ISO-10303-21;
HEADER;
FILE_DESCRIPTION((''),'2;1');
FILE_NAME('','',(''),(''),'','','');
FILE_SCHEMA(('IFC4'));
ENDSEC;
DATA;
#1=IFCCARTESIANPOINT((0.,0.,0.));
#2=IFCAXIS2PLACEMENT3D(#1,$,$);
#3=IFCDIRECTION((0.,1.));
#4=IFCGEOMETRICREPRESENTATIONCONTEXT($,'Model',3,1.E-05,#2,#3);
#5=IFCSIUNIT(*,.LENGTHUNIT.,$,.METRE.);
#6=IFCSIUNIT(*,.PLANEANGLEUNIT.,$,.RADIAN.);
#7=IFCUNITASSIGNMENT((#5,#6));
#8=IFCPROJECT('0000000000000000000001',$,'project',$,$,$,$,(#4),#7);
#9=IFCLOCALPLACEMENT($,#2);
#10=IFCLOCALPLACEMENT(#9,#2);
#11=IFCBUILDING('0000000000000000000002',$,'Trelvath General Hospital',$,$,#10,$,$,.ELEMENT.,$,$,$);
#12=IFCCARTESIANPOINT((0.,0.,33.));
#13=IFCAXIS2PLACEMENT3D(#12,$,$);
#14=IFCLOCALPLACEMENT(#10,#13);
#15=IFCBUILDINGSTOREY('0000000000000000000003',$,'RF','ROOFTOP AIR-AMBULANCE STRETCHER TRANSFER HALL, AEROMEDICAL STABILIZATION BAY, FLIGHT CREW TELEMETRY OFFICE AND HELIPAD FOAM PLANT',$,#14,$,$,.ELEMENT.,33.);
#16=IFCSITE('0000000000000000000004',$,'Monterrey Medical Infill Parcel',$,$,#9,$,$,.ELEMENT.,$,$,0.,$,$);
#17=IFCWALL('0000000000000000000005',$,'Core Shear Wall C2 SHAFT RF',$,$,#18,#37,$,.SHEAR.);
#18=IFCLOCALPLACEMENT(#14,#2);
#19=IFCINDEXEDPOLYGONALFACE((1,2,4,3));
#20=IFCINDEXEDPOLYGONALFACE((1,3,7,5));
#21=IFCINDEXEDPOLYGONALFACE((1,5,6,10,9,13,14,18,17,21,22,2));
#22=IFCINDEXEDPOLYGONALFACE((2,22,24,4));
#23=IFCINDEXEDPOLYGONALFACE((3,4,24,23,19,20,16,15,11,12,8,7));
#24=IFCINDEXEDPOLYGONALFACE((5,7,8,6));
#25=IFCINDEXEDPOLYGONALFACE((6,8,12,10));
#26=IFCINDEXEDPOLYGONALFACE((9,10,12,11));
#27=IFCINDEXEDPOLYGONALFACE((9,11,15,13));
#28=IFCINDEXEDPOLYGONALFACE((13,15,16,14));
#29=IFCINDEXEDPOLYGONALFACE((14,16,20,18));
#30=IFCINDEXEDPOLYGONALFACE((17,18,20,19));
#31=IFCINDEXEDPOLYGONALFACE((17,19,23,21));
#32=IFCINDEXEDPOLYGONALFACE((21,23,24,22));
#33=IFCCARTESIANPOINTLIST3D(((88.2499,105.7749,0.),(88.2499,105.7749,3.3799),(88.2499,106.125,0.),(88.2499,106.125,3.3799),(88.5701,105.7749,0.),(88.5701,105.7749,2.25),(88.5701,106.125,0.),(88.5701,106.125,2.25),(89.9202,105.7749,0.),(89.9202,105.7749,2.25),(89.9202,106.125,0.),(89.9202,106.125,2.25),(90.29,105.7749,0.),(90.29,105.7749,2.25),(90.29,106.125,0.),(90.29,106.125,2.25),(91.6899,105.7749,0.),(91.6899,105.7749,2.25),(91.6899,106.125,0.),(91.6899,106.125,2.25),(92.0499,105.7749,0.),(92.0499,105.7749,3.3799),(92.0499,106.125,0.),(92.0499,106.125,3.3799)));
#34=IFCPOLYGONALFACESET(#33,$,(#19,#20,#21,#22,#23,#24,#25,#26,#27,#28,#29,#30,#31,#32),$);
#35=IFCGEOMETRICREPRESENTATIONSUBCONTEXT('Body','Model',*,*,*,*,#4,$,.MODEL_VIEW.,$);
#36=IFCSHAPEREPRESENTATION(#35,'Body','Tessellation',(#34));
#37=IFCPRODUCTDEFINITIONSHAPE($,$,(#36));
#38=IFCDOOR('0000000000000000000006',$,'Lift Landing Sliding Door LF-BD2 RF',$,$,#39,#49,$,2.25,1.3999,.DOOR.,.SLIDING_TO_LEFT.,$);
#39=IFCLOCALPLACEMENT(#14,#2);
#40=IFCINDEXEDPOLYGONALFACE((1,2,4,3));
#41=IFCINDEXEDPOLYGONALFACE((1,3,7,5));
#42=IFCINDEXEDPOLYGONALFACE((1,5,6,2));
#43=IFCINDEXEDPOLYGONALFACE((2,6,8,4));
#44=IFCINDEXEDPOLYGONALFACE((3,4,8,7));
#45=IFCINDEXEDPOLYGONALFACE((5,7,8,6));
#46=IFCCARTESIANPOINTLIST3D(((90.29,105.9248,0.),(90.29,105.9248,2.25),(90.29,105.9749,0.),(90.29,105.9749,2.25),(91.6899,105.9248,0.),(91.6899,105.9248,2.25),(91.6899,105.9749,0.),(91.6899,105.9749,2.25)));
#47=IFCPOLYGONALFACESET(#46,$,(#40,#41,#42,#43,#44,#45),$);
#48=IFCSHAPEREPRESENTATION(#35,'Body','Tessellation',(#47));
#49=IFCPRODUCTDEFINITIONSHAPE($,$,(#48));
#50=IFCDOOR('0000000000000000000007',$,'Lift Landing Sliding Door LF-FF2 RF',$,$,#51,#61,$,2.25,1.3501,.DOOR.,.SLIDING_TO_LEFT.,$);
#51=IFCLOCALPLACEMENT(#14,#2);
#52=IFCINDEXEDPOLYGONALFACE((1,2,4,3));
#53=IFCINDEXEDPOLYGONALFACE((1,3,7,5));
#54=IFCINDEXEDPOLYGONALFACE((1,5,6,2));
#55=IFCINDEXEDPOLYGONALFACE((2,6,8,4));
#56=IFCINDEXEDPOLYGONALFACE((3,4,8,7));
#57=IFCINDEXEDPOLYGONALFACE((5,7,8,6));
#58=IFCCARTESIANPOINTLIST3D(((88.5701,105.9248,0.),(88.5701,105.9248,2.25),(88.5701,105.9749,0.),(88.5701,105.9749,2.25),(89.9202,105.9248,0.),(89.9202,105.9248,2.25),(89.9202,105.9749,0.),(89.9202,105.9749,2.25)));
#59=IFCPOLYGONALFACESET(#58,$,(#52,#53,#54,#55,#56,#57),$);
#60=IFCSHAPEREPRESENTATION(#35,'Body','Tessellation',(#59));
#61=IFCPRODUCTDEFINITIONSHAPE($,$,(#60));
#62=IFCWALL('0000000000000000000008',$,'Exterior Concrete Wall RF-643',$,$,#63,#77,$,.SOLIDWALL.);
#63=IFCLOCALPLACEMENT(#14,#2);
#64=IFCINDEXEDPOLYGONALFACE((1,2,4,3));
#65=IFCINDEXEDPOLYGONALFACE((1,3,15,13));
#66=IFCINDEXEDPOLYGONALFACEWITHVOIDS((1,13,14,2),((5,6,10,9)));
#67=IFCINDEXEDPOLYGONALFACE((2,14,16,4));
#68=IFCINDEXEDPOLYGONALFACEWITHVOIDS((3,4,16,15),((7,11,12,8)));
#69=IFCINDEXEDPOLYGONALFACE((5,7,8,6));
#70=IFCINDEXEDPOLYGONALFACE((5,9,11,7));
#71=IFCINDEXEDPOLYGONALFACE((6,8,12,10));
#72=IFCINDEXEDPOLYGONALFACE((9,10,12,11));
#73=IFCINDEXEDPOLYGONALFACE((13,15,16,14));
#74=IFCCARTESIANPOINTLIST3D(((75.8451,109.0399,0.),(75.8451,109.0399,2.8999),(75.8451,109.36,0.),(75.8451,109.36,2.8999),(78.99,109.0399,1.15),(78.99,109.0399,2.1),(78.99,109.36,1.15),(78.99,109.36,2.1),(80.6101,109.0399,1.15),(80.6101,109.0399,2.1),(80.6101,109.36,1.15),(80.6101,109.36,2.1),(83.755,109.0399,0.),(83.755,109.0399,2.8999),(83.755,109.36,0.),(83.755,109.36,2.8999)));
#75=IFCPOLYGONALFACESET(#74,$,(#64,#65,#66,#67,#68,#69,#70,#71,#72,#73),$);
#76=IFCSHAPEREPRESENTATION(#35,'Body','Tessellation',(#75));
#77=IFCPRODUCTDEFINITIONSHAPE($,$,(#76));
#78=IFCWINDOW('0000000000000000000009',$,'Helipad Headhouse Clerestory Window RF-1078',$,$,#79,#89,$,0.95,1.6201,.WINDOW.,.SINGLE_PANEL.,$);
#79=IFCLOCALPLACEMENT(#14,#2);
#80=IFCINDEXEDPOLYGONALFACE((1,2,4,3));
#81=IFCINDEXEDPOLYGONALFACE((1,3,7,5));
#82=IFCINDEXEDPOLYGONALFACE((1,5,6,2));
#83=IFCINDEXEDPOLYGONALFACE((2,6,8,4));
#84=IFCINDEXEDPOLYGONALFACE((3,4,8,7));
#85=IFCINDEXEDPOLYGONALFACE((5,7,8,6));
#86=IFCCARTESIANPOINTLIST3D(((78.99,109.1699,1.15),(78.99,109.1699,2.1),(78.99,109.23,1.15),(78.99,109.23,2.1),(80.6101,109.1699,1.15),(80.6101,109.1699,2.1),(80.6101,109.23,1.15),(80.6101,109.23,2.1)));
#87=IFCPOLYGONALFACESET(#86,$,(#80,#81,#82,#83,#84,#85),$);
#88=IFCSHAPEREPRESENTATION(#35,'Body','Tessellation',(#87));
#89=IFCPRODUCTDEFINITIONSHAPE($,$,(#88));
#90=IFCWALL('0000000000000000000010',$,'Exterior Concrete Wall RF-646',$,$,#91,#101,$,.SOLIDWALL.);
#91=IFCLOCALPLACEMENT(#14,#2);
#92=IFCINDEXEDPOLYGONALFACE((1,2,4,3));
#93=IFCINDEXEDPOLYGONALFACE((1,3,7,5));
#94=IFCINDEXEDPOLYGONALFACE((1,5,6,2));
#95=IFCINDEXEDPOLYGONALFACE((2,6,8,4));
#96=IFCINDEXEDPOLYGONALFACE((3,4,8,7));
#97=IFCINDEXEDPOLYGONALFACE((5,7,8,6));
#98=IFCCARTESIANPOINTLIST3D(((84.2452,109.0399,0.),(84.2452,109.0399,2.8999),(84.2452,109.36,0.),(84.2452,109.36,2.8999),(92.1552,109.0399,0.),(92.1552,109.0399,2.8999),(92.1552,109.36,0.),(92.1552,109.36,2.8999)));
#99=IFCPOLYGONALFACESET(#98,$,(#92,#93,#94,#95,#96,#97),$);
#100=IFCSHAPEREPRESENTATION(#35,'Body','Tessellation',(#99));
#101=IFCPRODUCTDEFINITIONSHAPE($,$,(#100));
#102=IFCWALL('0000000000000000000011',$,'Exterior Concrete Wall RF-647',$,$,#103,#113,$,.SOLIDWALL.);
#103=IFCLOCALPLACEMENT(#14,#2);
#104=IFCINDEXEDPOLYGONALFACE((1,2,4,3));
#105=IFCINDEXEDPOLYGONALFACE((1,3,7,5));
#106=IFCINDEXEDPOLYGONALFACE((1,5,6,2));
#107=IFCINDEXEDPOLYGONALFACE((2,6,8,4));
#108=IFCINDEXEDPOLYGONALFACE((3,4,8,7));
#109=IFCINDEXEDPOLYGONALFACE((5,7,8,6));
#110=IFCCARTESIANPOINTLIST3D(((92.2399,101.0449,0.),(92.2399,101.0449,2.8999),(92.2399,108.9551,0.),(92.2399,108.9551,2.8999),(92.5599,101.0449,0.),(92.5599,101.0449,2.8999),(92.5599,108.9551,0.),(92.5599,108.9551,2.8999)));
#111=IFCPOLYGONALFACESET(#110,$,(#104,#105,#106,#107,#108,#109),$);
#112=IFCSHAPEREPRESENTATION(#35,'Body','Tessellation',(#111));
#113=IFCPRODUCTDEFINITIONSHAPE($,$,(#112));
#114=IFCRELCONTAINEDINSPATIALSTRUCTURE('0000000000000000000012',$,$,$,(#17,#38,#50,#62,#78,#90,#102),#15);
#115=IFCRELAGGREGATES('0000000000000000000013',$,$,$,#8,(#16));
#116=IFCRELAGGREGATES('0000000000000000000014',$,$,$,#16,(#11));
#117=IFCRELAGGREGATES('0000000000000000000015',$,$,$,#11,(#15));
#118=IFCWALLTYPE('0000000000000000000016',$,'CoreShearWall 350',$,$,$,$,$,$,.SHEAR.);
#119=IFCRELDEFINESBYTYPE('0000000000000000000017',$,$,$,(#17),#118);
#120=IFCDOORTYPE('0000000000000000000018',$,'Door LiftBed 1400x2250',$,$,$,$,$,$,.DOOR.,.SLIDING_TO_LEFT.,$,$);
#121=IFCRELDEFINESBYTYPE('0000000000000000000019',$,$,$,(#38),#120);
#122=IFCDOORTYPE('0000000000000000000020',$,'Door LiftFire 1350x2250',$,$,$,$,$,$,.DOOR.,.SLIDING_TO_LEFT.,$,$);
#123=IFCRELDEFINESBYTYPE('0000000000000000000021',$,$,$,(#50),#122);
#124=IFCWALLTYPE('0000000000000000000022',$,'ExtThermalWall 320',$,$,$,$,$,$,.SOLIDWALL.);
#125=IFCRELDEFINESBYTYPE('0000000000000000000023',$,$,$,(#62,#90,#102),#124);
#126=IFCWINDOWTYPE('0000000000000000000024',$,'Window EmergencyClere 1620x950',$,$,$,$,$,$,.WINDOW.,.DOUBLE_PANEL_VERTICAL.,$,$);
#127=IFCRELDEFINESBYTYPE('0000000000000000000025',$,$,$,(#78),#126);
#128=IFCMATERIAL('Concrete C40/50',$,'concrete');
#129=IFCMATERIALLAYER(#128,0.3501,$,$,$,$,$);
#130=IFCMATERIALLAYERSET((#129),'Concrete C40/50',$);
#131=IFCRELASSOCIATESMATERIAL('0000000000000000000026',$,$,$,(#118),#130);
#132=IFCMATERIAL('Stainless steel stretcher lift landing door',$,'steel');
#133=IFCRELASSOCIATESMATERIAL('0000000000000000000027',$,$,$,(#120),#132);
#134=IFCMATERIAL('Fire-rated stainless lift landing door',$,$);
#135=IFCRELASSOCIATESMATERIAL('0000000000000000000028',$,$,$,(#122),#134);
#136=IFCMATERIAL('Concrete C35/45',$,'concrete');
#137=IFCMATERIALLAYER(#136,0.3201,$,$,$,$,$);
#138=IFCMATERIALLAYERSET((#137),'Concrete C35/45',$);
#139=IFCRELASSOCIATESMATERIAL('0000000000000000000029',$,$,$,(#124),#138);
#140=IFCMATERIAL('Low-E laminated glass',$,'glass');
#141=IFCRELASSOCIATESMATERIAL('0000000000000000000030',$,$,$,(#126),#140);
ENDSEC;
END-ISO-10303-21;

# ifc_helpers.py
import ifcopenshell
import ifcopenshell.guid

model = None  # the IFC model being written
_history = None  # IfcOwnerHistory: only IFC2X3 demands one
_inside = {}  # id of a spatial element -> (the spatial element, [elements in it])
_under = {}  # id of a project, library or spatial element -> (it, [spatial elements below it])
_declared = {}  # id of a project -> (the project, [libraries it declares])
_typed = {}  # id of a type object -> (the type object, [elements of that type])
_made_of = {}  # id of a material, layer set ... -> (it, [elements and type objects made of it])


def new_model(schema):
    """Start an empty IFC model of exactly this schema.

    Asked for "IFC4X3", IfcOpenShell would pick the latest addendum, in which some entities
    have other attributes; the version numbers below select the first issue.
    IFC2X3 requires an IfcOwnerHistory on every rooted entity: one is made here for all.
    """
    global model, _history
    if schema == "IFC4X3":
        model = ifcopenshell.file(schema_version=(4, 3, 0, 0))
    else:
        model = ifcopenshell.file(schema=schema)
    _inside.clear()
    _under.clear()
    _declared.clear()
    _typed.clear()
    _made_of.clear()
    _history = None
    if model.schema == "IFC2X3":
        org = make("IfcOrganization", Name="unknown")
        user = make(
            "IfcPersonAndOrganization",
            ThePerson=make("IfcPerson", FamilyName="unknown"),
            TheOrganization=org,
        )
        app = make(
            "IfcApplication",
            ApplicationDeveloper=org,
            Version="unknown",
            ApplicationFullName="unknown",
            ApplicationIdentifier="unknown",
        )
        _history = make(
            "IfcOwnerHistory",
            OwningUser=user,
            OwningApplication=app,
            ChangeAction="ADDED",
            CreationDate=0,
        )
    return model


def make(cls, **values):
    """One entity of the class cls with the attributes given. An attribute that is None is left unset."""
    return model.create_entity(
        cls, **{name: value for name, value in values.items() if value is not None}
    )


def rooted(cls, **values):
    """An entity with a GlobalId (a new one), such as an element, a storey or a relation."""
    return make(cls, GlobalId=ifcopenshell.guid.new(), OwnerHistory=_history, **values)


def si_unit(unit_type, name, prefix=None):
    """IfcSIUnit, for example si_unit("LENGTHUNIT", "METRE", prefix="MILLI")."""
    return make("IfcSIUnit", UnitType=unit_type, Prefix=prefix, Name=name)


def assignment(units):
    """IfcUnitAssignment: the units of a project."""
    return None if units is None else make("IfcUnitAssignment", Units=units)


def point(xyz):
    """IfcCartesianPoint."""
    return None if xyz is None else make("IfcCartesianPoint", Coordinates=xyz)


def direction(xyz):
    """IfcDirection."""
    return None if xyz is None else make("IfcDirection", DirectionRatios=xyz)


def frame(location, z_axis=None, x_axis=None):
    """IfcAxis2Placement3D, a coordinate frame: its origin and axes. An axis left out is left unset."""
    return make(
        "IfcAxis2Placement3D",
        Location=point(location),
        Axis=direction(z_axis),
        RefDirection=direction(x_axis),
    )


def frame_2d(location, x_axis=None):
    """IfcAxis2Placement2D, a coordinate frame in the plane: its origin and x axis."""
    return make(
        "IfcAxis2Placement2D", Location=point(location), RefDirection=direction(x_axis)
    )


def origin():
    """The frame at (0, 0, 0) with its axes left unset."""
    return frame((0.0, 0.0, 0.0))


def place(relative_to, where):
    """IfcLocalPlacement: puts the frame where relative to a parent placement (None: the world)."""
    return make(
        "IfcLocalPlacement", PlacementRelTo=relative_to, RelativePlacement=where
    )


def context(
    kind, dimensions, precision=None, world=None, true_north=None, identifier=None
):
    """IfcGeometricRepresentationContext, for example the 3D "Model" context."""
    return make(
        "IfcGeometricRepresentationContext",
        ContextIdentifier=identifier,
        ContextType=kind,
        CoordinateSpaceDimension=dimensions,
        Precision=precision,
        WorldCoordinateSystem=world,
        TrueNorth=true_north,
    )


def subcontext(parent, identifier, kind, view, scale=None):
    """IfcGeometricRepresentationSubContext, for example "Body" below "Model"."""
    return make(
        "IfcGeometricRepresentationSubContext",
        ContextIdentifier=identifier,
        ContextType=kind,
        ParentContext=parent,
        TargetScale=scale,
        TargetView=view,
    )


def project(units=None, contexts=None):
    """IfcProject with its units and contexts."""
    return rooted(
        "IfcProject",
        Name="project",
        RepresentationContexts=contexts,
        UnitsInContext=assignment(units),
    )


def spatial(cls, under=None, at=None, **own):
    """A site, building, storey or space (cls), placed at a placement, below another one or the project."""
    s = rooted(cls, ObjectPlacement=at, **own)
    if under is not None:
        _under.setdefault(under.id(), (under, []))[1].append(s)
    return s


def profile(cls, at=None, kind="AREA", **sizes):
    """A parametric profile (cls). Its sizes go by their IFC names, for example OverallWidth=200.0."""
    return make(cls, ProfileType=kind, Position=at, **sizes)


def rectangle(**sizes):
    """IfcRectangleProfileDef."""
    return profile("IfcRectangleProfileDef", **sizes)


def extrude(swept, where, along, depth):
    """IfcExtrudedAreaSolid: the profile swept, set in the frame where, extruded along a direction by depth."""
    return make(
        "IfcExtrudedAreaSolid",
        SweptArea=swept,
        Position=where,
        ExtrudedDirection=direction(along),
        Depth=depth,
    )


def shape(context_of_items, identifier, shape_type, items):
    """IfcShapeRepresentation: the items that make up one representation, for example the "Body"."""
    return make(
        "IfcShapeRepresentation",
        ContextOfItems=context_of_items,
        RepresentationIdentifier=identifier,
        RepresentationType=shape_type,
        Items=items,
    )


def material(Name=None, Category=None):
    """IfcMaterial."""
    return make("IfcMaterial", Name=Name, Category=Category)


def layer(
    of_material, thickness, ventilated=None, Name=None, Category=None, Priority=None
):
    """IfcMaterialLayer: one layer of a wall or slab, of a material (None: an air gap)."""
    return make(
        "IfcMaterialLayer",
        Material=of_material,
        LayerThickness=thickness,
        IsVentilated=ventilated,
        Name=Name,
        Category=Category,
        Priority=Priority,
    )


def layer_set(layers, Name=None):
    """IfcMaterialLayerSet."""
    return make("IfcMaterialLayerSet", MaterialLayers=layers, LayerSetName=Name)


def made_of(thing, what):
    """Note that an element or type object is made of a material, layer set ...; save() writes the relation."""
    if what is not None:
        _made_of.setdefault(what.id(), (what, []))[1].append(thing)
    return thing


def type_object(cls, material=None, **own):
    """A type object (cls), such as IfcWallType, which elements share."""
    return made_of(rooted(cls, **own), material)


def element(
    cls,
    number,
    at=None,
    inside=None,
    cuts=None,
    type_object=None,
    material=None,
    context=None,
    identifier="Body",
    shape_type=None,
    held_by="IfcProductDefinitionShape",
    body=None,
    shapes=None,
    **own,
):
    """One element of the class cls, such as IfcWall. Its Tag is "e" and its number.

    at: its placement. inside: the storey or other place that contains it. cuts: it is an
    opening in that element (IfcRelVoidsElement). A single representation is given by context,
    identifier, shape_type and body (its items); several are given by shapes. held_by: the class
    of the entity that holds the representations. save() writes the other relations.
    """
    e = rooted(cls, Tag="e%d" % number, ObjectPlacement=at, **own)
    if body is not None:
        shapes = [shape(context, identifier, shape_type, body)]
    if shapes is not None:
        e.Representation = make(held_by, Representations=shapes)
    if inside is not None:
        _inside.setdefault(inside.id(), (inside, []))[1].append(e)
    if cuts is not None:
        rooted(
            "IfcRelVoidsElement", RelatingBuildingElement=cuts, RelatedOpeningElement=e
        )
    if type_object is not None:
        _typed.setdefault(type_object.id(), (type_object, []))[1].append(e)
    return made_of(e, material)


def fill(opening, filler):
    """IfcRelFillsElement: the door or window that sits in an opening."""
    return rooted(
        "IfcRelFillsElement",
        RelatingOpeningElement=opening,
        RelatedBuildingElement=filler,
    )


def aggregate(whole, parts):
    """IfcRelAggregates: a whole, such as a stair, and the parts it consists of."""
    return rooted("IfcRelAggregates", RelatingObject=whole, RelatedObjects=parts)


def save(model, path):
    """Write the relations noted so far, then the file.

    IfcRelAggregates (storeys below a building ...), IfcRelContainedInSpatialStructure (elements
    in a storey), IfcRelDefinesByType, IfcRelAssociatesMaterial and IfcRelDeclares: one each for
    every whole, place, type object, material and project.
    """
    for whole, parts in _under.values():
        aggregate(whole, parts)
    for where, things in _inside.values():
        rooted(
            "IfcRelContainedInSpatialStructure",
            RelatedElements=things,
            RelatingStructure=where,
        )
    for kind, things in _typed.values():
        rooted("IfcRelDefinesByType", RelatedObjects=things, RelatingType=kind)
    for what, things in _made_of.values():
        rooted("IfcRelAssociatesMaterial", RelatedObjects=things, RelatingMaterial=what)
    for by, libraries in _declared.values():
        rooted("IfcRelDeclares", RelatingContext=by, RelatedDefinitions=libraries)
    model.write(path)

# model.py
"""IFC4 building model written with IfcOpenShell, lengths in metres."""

from ifc_helpers import new_model, si_unit, direction, frame, frame_2d, origin, place, context, subcontext, project, spatial, rectangle, extrude, material, layer, layer_set, type_object, element, fill, save


model = new_model("IFC4")

# Units and contexts
model_context = context("Model", 3, precision=1e-05, world=origin(), true_north=direction((0.0, 1.0)))
body_context = subcontext(model_context, "Body", "Model", "MODEL_VIEW")
ifc_project = project(units=[si_unit("LENGTHUNIT", "METRE"), si_unit("PLANEANGLEUNIT", "RADIAN")], contexts=[model_context])

# Site, building, storey
site_placement = place(None, origin())
site = spatial("IfcSite", under=ifc_project, at=site_placement, Name="Monterrey Medical Infill Parcel", CompositionType="ELEMENT", RefElevation=0.0)
building_placement = place(site_placement, origin())
building = spatial("IfcBuilding", under=site, at=building_placement, Name="Trelvath General Hospital", CompositionType="ELEMENT")
storey_placement = place(building_placement, frame((0.0, 0.0, 33.0)))
storey = spatial("IfcBuildingStorey", under=building, at=storey_placement, Name="RF", Description="ROOFTOP AIR-AMBULANCE STRETCHER TRANSFER HALL, AEROMEDICAL STABILIZATION BAY, FLIGHT CREW TELEMETRY OFFICE AND HELIPAD FOAM PLANT", CompositionType="ELEMENT", Elevation=33.0)

# Shared definitions
ifc_material_1 = material(Name="Concrete C40/50", Category="concrete")
ifc_layer_1 = layer(ifc_material_1, 0.3501)
ifc_layer_set_1 = layer_set([ifc_layer_1], Name="Concrete C40/50")
wall_type_1 = type_object("IfcWallType", Name="CoreShearWall 350", PredefinedType="SHEAR", material=ifc_layer_set_1)

# Wall, openings, doors
wall_1_placement = place(storey_placement, frame((88.25, 105.95, 0.0), z_axis=(0.0, 0.0, 1.0), x_axis=(1.0, 0.0, 0.0)))
wall_1 = element("IfcWall", 1, at=wall_1_placement, inside=storey, type_object=wall_type_1, Name="Core Shear Wall C2 SHAFT RF", PredefinedType="SHEAR", context=body_context, shape_type="SweptSolid", body=[
    extrude(rectangle(XDim=3.8, YDim=0.3501, at=frame_2d((1.8999, 0.0))), origin(), (0.0, 0.0, 1.0), 3.3799),
])
opening_1_placement = place(wall_1_placement, frame((0.3201, 0.0, 0.0)))
opening_1 = element("IfcOpeningElement", 2, at=opening_1_placement, cuts=wall_1, PredefinedType="OPENING", context=body_context, shape_type="SweptSolid", body=[
    extrude(rectangle(XDim=1.3501, YDim=2.25, at=frame_2d((0.675, 1.125))), frame((0.0, 0.1851, 0.0), z_axis=(0.0, -1.0, 0.0), x_axis=(1.0, 0.0, 0.0)), (0.0, 0.0, 1.0), 0.3701),
])
opening_2_placement = place(wall_1_placement, frame((2.04, 0.0, 0.0)))
opening_2 = element("IfcOpeningElement", 3, at=opening_2_placement, cuts=wall_1, PredefinedType="OPENING", context=body_context, shape_type="SweptSolid", body=[
    extrude(rectangle(XDim=1.3999, YDim=2.25, at=frame_2d((0.7, 1.125))), frame((0.0, 0.1851, 0.0), z_axis=(0.0, -1.0, 0.0), x_axis=(1.0, 0.0, 0.0)), (0.0, 0.0, 1.0), 0.3701),
])
ifc_material_2 = material(Name="Stainless steel stretcher lift landing door", Category="steel")
door_type_1 = type_object("IfcDoorType", Name="Door LiftBed 1400x2250", OperationType="SLIDING_TO_LEFT", PredefinedType="DOOR", material=ifc_material_2)
door_1_placement = place(opening_2_placement, origin())
door_1 = element("IfcDoor", 4, at=door_1_placement, inside=storey, type_object=door_type_1, Name="Lift Landing Sliding Door LF-BD2 RF", OperationType="SLIDING_TO_LEFT", OverallHeight=2.25, OverallWidth=1.3999, PredefinedType="DOOR", context=body_context, shape_type="SweptSolid", body=[
    extrude(rectangle(XDim=1.3999, YDim=2.25, at=frame_2d((0.7, 1.125))), frame((0.0, 0.0249, 0.0), z_axis=(0.0, -1.0, 0.0), x_axis=(1.0, 0.0, 0.0)), (0.0, 0.0, 1.0), 0.05),
])
fill(opening_2, door_1)
ifc_material_3 = material(Name="Fire-rated stainless lift landing door")
door_type_2 = type_object("IfcDoorType", Name="Door LiftFire 1350x2250", OperationType="SLIDING_TO_LEFT", PredefinedType="DOOR", material=ifc_material_3)
door_2_placement = place(opening_1_placement, origin())
door_2 = element("IfcDoor", 5, at=door_2_placement, inside=storey, type_object=door_type_2, Name="Lift Landing Sliding Door LF-FF2 RF", OperationType="SLIDING_TO_LEFT", OverallHeight=2.25, OverallWidth=1.3501, PredefinedType="DOOR", context=body_context, shape_type="SweptSolid", body=[
    extrude(rectangle(XDim=1.3501, YDim=2.25, at=frame_2d((0.675, 1.125))), frame((0.0, 0.0249, 0.0), z_axis=(0.0, -1.0, 0.0), x_axis=(1.0, 0.0, 0.0)), (0.0, 0.0, 1.0), 0.05),
])
fill(opening_1, door_2)

# Wall, opening, window
ifc_material_4 = material(Name="Concrete C35/45", Category="concrete")
ifc_layer_2 = layer(ifc_material_4, 0.3201)
ifc_layer_set_2 = layer_set([ifc_layer_2], Name="Concrete C35/45")
wall_type_2 = type_object("IfcWallType", Name="ExtThermalWall 320", PredefinedType="SOLIDWALL", material=ifc_layer_set_2)
wall_2_placement = place(storey_placement, frame((75.845, 109.2, 0.0), z_axis=(0.0, 0.0, 1.0), x_axis=(1.0, 0.0, 0.0)))
wall_2 = element("IfcWall", 6, at=wall_2_placement, inside=storey, type_object=wall_type_2, Name="Exterior Concrete Wall RF-643", PredefinedType="SOLIDWALL", context=body_context, shape_type="SweptSolid", body=[
    extrude(rectangle(XDim=7.9099, YDim=0.3201, at=frame_2d((3.9551, 0.0))), origin(), (0.0, 0.0, 1.0), 2.8999),
])
opening_3_placement = place(wall_2_placement, frame((3.145, 0.0, 1.1499)))
opening_3 = element("IfcOpeningElement", 7, at=opening_3_placement, cuts=wall_2, PredefinedType="OPENING", context=body_context, shape_type="SweptSolid", body=[
    extrude(rectangle(XDim=1.6201, YDim=0.95, at=frame_2d((0.8101, 0.4751))), frame((0.0, 0.1699, 0.0), z_axis=(0.0, -1.0, 0.0), x_axis=(1.0, 0.0, 0.0)), (0.0, 0.0, 1.0), 0.3401),
])
ifc_material_5 = material(Name="Low-E laminated glass", Category="glass")
window_type = type_object("IfcWindowType", Name="Window EmergencyClere 1620x950", PartitioningType="DOUBLE_PANEL_VERTICAL", PredefinedType="WINDOW", material=ifc_material_5)
window_placement = place(opening_3_placement, origin())
window = element("IfcWindow", 8, at=window_placement, inside=storey, type_object=window_type, Name="Helipad Headhouse Clerestory Window RF-1078", OverallHeight=0.95, OverallWidth=1.6201, PartitioningType="SINGLE_PANEL", PredefinedType="WINDOW", context=body_context, shape_type="SweptSolid", body=[
    extrude(rectangle(XDim=1.6201, YDim=0.95, at=frame_2d((0.8101, 0.4751))), frame((0.0, 0.03, 0.0), z_axis=(0.0, -1.0, 0.0), x_axis=(1.0, 0.0, 0.0)), (0.0, 0.0, 1.0), 0.0601),
])
fill(opening_3, window)

# Walls
wall_3_placement = place(storey_placement, frame((84.2451, 109.2, 0.0), z_axis=(0.0, 0.0, 1.0), x_axis=(1.0, 0.0, 0.0)))
element("IfcWall", 9, at=wall_3_placement, inside=storey, type_object=wall_type_2, Name="Exterior Concrete Wall RF-646", PredefinedType="SOLIDWALL", context=body_context, shape_type="SweptSolid", body=[
    extrude(rectangle(XDim=7.9099, YDim=0.3201, at=frame_2d((3.9551, 0.0))), origin(), (0.0, 0.0, 1.0), 2.8999),
])
wall_4_placement = place(storey_placement, frame((92.3999, 108.9551, 0.0), z_axis=(0.0, 0.0, 1.0), x_axis=(0.0, -1.0, 0.0)))
element("IfcWall", 10, at=wall_4_placement, inside=storey, type_object=wall_type_2, Name="Exterior Concrete Wall RF-647", PredefinedType="SOLIDWALL", context=body_context, shape_type="SweptSolid", body=[
    extrude(rectangle(XDim=7.9102, YDim=0.3201, at=frame_2d((3.9551, 0.0))), origin(), (0.0, 0.0, 1.0), 2.8999),
])

save(model, "model.ifc")
